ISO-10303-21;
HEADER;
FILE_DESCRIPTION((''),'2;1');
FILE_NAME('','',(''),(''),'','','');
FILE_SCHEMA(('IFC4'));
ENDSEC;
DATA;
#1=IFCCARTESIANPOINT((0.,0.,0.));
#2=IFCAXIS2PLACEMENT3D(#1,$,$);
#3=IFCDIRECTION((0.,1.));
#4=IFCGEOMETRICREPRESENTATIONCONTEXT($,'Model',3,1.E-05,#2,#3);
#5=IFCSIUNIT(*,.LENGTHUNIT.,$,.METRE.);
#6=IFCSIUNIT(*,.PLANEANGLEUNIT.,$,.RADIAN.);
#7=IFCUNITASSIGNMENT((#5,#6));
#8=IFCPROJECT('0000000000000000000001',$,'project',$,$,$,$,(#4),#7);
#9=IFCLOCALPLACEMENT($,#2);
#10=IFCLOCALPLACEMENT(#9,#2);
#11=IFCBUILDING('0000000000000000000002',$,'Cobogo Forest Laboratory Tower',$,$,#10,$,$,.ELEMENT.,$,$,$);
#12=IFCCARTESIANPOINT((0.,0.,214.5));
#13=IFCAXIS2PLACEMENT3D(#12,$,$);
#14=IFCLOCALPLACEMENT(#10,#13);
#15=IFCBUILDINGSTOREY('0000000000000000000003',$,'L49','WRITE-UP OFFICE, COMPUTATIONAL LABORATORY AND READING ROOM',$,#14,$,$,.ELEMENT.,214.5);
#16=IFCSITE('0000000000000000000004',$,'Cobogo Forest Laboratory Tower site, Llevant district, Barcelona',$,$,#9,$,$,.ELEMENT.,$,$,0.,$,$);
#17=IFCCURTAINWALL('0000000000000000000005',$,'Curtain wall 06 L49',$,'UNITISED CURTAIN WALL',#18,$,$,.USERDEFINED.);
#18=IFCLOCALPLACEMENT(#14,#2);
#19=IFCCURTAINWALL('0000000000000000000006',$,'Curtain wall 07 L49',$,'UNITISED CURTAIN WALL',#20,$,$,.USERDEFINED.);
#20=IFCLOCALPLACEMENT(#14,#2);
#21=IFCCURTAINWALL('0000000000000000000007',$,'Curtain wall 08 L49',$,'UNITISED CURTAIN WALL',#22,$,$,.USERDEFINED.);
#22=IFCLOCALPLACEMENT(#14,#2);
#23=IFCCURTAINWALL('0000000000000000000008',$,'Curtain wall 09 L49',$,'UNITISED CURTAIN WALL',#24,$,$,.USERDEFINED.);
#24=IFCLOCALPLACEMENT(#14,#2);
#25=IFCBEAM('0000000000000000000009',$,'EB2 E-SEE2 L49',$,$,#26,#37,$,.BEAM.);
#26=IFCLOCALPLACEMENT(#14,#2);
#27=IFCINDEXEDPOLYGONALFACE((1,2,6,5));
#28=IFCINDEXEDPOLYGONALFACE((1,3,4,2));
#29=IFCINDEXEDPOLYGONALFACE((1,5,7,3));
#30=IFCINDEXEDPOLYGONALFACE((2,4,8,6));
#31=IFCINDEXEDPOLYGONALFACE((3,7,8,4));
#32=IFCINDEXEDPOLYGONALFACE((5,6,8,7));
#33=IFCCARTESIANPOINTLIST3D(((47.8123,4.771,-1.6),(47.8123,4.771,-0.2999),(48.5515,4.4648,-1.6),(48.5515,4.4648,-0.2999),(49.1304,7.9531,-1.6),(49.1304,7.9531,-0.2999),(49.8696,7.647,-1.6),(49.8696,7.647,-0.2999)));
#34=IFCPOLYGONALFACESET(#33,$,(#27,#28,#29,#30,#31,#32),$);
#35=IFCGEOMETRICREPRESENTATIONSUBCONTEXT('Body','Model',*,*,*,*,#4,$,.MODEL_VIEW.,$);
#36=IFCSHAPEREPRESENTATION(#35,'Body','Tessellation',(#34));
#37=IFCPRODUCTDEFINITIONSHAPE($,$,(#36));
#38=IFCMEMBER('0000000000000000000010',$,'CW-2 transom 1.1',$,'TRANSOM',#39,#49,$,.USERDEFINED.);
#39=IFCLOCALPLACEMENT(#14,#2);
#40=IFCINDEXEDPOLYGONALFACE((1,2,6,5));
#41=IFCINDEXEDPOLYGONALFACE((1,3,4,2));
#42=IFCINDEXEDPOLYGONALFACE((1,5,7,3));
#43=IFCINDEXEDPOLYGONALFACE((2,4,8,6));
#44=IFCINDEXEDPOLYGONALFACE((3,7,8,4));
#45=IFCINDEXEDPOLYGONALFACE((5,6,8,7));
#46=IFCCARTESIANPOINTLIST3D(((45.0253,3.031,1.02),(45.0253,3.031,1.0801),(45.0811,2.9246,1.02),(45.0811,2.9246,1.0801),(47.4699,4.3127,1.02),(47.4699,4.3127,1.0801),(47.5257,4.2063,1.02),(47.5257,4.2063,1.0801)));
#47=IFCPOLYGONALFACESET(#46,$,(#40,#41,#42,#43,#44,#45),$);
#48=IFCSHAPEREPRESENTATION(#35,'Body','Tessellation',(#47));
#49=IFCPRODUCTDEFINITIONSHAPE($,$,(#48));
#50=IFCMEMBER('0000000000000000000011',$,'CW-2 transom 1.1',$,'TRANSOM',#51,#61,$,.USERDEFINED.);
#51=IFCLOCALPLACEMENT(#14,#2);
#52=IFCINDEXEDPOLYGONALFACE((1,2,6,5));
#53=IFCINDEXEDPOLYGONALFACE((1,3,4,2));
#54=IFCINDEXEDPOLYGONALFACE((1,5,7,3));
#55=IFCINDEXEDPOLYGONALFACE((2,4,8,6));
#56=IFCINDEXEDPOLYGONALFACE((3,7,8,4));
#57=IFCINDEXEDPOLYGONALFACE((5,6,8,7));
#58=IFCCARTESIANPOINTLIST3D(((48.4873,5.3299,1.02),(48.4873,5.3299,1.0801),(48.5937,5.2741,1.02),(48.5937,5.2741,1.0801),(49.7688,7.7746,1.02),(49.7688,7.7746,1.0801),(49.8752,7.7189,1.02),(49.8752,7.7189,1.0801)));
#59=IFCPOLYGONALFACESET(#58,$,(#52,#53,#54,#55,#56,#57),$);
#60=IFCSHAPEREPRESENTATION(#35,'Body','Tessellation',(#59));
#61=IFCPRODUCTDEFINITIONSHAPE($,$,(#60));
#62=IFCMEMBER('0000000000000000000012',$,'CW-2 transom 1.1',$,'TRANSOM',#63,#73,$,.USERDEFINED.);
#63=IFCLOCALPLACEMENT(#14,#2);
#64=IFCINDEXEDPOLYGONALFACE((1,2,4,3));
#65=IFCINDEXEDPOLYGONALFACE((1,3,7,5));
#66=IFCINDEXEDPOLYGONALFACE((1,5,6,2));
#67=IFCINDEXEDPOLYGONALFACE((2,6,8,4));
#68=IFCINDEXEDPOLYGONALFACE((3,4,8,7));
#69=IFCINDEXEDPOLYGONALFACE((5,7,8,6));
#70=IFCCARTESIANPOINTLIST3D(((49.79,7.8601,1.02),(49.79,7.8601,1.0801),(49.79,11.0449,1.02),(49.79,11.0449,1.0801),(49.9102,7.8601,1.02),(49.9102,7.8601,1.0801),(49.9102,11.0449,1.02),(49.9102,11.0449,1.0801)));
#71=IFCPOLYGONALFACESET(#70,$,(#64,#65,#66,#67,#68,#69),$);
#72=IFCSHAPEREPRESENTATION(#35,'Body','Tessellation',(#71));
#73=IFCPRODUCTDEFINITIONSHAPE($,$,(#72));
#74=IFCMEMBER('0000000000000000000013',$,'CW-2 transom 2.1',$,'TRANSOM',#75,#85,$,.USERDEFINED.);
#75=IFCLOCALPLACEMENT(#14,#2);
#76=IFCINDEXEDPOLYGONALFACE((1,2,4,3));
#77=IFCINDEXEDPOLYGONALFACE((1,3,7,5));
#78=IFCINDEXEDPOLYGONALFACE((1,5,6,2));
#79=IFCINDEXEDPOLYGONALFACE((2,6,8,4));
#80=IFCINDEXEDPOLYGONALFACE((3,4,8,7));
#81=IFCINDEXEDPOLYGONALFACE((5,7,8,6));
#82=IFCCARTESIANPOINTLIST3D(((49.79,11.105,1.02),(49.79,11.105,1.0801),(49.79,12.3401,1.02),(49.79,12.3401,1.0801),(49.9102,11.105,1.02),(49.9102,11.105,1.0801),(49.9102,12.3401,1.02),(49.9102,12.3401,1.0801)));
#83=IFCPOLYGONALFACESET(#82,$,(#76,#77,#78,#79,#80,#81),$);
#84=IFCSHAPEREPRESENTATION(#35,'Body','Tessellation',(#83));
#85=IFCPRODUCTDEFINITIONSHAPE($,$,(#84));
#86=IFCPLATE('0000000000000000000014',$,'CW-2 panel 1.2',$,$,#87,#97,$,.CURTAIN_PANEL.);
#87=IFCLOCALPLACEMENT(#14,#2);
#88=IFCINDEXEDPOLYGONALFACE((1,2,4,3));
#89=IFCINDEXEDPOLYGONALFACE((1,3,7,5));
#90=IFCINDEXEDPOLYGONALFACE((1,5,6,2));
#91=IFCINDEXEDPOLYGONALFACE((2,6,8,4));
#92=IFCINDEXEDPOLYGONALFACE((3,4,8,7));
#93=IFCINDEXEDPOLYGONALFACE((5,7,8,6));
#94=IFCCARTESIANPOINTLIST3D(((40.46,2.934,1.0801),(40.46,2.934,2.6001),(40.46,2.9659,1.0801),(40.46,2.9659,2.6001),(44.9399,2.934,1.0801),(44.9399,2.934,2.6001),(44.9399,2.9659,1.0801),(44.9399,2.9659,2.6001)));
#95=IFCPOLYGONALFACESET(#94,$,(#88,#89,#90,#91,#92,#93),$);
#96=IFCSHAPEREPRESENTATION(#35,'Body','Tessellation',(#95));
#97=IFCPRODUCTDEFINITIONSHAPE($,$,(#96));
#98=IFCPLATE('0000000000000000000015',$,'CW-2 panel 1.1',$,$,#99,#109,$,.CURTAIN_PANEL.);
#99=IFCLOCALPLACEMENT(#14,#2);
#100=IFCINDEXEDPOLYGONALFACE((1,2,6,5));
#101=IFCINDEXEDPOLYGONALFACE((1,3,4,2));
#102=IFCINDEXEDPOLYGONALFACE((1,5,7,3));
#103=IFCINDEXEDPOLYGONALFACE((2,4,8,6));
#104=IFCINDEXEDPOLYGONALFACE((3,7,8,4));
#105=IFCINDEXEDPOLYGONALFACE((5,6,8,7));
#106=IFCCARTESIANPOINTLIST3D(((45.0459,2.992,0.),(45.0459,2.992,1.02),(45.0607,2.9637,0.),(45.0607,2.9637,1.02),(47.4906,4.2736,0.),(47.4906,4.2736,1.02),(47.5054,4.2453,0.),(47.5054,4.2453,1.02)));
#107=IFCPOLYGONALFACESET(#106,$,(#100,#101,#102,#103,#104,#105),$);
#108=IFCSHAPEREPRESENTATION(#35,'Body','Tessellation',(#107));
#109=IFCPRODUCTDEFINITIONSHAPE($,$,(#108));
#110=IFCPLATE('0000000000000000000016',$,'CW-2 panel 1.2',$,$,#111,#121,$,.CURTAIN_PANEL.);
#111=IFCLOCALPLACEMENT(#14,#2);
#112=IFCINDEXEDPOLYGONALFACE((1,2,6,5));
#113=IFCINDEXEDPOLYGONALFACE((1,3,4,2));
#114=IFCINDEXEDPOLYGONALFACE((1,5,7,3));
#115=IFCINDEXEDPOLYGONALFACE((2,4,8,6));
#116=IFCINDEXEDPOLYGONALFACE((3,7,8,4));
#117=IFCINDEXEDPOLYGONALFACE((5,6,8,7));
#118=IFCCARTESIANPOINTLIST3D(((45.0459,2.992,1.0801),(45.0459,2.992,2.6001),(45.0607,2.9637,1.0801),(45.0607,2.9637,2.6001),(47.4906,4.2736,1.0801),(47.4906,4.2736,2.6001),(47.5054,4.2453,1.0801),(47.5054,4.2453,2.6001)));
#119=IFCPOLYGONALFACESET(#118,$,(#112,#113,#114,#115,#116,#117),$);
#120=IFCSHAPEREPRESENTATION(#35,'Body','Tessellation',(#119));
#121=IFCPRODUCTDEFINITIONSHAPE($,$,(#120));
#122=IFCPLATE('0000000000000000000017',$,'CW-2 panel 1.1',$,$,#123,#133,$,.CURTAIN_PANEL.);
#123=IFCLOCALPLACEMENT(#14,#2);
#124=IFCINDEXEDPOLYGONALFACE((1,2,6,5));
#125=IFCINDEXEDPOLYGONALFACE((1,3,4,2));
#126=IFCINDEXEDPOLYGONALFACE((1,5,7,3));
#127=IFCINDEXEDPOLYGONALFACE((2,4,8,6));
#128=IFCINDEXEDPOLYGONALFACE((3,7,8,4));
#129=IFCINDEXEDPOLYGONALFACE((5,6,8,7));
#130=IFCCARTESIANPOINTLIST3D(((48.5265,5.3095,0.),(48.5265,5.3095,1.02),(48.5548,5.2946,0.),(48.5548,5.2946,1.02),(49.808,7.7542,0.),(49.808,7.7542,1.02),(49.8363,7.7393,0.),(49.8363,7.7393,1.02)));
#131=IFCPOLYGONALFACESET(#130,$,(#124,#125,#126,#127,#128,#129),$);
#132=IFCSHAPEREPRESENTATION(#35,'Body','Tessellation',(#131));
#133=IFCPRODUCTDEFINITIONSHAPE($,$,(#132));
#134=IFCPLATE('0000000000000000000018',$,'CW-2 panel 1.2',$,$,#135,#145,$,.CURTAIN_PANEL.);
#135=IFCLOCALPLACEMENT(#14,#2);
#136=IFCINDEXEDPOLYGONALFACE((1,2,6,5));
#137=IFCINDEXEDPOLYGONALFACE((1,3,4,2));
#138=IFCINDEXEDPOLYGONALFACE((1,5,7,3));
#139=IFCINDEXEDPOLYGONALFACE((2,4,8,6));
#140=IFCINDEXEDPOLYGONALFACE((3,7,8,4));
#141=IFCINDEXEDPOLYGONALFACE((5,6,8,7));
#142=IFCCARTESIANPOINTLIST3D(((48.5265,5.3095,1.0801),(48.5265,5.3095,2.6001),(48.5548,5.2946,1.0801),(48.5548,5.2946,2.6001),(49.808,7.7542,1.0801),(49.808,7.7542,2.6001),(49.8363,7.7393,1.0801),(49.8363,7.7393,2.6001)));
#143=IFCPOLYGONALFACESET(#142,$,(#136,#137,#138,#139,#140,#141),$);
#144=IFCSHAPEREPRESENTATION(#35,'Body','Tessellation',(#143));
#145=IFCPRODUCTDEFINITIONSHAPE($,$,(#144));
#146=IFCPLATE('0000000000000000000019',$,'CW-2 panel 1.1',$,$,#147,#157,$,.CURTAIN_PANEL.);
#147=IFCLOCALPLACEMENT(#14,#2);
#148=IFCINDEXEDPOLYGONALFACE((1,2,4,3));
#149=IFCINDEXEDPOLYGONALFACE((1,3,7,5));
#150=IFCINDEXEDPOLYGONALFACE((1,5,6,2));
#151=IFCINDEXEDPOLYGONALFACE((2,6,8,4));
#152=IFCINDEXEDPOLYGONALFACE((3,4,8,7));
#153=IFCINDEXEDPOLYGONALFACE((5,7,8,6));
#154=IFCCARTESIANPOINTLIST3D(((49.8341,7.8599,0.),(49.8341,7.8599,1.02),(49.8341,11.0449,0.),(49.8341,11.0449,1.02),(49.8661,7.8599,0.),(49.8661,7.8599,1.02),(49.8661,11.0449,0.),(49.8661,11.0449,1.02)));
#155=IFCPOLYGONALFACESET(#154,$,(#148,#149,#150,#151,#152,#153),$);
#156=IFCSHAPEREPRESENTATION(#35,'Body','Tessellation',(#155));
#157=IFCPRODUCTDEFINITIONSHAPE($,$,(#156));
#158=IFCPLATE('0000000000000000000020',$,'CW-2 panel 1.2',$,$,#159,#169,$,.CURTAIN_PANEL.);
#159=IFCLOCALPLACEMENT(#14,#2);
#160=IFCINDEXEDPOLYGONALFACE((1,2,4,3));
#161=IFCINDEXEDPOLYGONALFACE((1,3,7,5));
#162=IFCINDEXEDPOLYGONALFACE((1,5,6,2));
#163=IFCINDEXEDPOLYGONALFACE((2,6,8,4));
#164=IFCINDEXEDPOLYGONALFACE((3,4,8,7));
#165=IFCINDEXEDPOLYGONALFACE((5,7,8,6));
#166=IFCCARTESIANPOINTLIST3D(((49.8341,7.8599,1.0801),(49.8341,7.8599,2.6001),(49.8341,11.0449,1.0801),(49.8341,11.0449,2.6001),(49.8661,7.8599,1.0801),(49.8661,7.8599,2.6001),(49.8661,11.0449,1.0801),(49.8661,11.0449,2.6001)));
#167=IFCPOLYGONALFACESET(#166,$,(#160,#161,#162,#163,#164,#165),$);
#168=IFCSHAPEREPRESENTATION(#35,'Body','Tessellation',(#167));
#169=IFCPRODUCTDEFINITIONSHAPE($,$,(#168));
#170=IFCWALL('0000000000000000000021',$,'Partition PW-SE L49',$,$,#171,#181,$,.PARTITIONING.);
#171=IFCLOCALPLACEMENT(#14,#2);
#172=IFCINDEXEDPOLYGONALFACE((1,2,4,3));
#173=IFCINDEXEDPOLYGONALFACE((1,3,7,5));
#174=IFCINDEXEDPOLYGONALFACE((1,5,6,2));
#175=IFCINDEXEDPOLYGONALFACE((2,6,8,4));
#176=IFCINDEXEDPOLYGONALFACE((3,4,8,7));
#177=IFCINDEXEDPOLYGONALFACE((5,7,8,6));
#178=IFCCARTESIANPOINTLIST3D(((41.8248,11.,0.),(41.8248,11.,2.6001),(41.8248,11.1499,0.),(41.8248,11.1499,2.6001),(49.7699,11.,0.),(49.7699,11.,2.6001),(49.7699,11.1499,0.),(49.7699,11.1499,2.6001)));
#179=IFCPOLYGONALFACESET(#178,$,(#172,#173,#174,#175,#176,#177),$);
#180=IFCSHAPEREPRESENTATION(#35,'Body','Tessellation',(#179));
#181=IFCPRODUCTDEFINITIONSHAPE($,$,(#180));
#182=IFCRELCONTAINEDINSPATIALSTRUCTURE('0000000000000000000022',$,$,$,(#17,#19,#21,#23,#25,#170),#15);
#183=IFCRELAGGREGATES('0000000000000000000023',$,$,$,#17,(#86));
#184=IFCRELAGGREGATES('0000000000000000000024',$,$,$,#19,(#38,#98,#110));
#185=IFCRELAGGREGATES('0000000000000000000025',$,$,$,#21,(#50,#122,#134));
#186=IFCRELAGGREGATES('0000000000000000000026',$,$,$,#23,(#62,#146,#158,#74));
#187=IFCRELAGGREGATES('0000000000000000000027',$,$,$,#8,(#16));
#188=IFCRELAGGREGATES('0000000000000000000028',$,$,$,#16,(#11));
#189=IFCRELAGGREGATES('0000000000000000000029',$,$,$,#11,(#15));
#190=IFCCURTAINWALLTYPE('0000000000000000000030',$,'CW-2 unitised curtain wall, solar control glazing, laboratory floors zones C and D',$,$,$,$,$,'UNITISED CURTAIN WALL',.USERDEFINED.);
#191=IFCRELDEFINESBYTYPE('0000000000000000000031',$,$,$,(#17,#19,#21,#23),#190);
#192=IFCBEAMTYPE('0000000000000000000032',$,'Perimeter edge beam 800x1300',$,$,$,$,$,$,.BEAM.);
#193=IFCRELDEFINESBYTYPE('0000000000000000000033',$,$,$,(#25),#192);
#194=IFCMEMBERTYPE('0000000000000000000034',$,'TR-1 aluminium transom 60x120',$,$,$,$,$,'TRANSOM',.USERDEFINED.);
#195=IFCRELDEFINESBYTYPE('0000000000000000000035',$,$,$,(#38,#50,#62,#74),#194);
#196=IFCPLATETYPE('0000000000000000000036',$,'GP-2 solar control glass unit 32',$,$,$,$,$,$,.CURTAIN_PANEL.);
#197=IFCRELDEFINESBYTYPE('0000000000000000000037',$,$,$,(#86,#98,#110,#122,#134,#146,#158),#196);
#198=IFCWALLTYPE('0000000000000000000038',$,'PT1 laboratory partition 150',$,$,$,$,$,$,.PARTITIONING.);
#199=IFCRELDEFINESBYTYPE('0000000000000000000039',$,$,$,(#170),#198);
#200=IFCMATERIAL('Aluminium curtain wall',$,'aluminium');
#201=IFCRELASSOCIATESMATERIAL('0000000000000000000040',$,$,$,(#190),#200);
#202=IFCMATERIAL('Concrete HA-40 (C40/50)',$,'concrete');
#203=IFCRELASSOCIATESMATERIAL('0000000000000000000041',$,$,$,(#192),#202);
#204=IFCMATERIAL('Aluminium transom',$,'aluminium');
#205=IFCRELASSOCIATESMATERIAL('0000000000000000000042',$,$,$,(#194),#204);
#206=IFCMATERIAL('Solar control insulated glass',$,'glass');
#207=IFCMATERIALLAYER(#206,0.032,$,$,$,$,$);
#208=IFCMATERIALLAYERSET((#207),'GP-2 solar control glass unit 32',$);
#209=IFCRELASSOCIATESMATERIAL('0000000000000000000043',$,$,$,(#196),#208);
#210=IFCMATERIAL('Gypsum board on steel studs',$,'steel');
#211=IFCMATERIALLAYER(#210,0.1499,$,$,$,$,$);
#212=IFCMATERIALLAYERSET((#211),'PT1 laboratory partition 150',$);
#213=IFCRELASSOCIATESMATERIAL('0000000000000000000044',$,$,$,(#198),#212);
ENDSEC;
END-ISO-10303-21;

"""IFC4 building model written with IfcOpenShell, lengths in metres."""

from ifc_helpers import new_model, si_unit, direction, frame, frame_2d, origin, origin_2d, place, context, subcontext, project, spatial, rectangle, extrude, material, layer, layer_set, material_profile, profile_set, type_object, element, aggregate, save


model = new_model("IFC4")

# Units and contexts
model_context = context("Model", 3, precision=1e-05, world=origin(), true_north=direction((0.0, 1.0)))
body_context = subcontext(model_context, "Body", "Model", "MODEL_VIEW")
ifc_project = project(units=[si_unit("LENGTHUNIT", "METRE"), si_unit("PLANEANGLEUNIT", "RADIAN")], contexts=[model_context])

# Site, building, storey
site_placement = place(None, origin())
site = spatial("IfcSite", under=ifc_project, at=site_placement, Name="Cobogo Forest Laboratory Tower site, Llevant district, Barcelona", CompositionType="ELEMENT", RefElevation=0.0)
building_placement = place(site_placement, origin())
building = spatial("IfcBuilding", under=site, at=building_placement, Name="Cobogo Forest Laboratory Tower", CompositionType="ELEMENT")
storey_placement = place(building_placement, frame((0.0, 0.0, 214.5)))
storey = spatial("IfcBuildingStorey", under=building, at=storey_placement, Name="L49", Description="WRITE-UP OFFICE, COMPUTATIONAL LABORATORY AND READING ROOM", CompositionType="ELEMENT", Elevation=214.5)

# Curtain wall
ifc_material_1 = material(Name="Aluminium curtain wall", Category="aluminium")
curtain_wall_type = type_object("IfcCurtainWallType", Name="CW-2 unitised curtain wall, solar control glazing, laboratory floors zones C and D", ElementType="UNITISED CURTAIN WALL", PredefinedType="USERDEFINED", material=ifc_material_1)
curtain_wall_1_placement = place(storey_placement, origin())
curtain_wall_1 = element("IfcCurtainWall", 1, at=curtain_wall_1_placement, inside=storey, type_object=curtain_wall_type, Name="Curtain wall 06 L49", ObjectType="UNITISED CURTAIN WALL", PredefinedType="USERDEFINED")

# Curtain walls
curtain_wall_2_placement = place(storey_placement, origin())
curtain_wall_2 = element("IfcCurtainWall", 2, at=curtain_wall_2_placement, inside=storey, type_object=curtain_wall_type, Name="Curtain wall 07 L49", ObjectType="UNITISED CURTAIN WALL", PredefinedType="USERDEFINED")
curtain_wall_3_placement = place(storey_placement, origin())
curtain_wall_3 = element("IfcCurtainWall", 3, at=curtain_wall_3_placement, inside=storey, type_object=curtain_wall_type, Name="Curtain wall 08 L49", ObjectType="UNITISED CURTAIN WALL", PredefinedType="USERDEFINED")
curtain_wall_4_placement = place(storey_placement, origin())
curtain_wall_4 = element("IfcCurtainWall", 4, at=curtain_wall_4_placement, inside=storey, type_object=curtain_wall_type, Name="Curtain wall 09 L49", ObjectType="UNITISED CURTAIN WALL", PredefinedType="USERDEFINED")

# Beam
ifc_material_2 = material(Name="Concrete HA-40 (C40/50)", Category="concrete")
ifc_material_profile_1 = material_profile(ifc_material_2, rectangle(XDim=0.8, YDim=1.3, at=origin_2d()), Name="RC 800x1300")
ifc_profile_set_1 = profile_set([ifc_material_profile_1], Name="Concrete HA-40 (C40/50)")
beam_type_1 = type_object("IfcBeamType", Name="Perimeter edge beam 800x1300", PredefinedType="BEAM", material=ifc_profile_set_1)
beam_1_placement = place(storey_placement, frame((49.5, 7.8, -0.95), z_axis=(-0.382692, -0.923876, 0.0), x_axis=(0.923876, -0.382692, 0.0)))
element("IfcBeam", 5, at=beam_1_placement, inside=storey, type_object=beam_type_1, Name="EB2 E-SEE2 L49", PredefinedType="BEAM", context=body_context, shape_type="SweptSolid", body=[
    extrude(rectangle(XDim=0.8, YDim=1.3, at=origin_2d()), origin(), (0.0, 0.0, 1.0), 3.4443),
])

# Members
ifc_material_3 = material(Name="Aluminium transom", Category="aluminium")
ifc_material_profile_2 = material_profile(ifc_material_3, rectangle(XDim=0.1201, YDim=0.0601, at=origin_2d()), Name="AL 60x120")
ifc_profile_set_2 = profile_set([ifc_material_profile_2], Name="Aluminium transom")
member_type_1 = type_object("IfcMemberType", Name="TR-1 aluminium transom 60x120", ElementType="TRANSOM", PredefinedType="USERDEFINED", material=ifc_profile_set_2)
member_1_placement = place(storey_placement, frame((45.0532, 2.9778, 1.05), z_axis=(0.885646, 0.464361, 0.0), x_axis=(-0.464361, 0.885646, 0.0)))
member_1 = element("IfcMember", 6, at=member_1_placement, type_object=member_type_1, Name="CW-2 transom 1.1", ObjectType="TRANSOM", PredefinedType="USERDEFINED", context=body_context, shape_type="SweptSolid", body=[
    extrude(rectangle(XDim=0.1201, YDim=0.0601, at=origin_2d()), origin(), (0.0, 0.0, 1.0), 2.7603),
])
member_2_placement = place(storey_placement, frame((48.5405, 5.302, 1.05), z_axis=(0.464255, 0.885702, 0.0), x_axis=(-0.885702, 0.464255, 0.0)))
member_2 = element("IfcMember", 7, at=member_2_placement, type_object=member_type_1, Name="CW-2 transom 1.1", ObjectType="TRANSOM", PredefinedType="USERDEFINED", context=body_context, shape_type="SweptSolid", body=[
    extrude(rectangle(XDim=0.1201, YDim=0.0601, at=origin_2d()), origin(), (0.0, 0.0, 1.0), 2.7603),
])
member_3_placement = place(storey_placement, frame((49.8501, 7.8601, 1.05), z_axis=(0.0, 1.0, 0.0), x_axis=(-1.0, 0.0, 0.0)))
member_3 = element("IfcMember", 8, at=member_3_placement, type_object=member_type_1, Name="CW-2 transom 1.1", ObjectType="TRANSOM", PredefinedType="USERDEFINED", context=body_context, shape_type="SweptSolid", body=[
    extrude(rectangle(XDim=0.1201, YDim=0.0601, at=origin_2d()), origin(), (0.0, 0.0, 1.0), 3.1848),
])
member_4_placement = place(storey_placement, frame((49.8501, 11.105, 1.05), z_axis=(0.0, 1.0, 0.0), x_axis=(-1.0, 0.0, 0.0)))
member_4 = element("IfcMember", 9, at=member_4_placement, type_object=member_type_1, Name="CW-2 transom 2.1", ObjectType="TRANSOM", PredefinedType="USERDEFINED", context=body_context, shape_type="SweptSolid", body=[
    extrude(rectangle(XDim=0.1201, YDim=0.0601, at=origin_2d()), origin(), (0.0, 0.0, 1.0), 1.2351),
])

# Plates
ifc_material_4 = material(Name="Solar control insulated glass", Category="glass")
ifc_layer_1 = layer(ifc_material_4, 0.032)
ifc_layer_set_1 = layer_set([ifc_layer_1], Name="GP-2 solar control glass unit 32")
plate_type = type_object("IfcPlateType", Name="GP-2 solar control glass unit 32", PredefinedType="CURTAIN_PANEL", material=ifc_layer_set_1)
plate_1_placement = place(storey_placement, frame((42.7, 2.95, 1.0801), z_axis=(0.0, 0.0, 1.0), x_axis=(1.0, 0.0, 0.0)))
plate_1 = element("IfcPlate", 10, at=plate_1_placement, type_object=plate_type, Name="CW-2 panel 1.2", PredefinedType="CURTAIN_PANEL", context=body_context, shape_type="SweptSolid", body=[
    extrude(rectangle(XDim=4.48, YDim=0.032, at=origin_2d()), origin(), (0.0, 0.0, 1.0), 1.52),
])
aggregate(curtain_wall_1, [plate_1])
plate_2_placement = place(storey_placement, frame((46.2756, 3.6187, 0.0), z_axis=(0.0, 0.0, 1.0), x_axis=(0.885686, 0.464284, 0.0)))
plate_2 = element("IfcPlate", 11, at=plate_2_placement, type_object=plate_type, Name="CW-2 panel 1.1", PredefinedType="CURTAIN_PANEL", context=body_context, shape_type="SweptSolid", body=[
    extrude(rectangle(XDim=2.7603, YDim=0.032, at=origin_2d()), origin(), (0.0, 0.0, 1.0), 1.02),
])
plate_3_placement = place(storey_placement, frame((46.2756, 3.6187, 1.0801), z_axis=(0.0, 0.0, 1.0), x_axis=(0.885686, 0.464284, 0.0)))
plate_3 = element("IfcPlate", 12, at=plate_3_placement, type_object=plate_type, Name="CW-2 panel 1.2", PredefinedType="CURTAIN_PANEL", context=body_context, shape_type="SweptSolid", body=[
    extrude(rectangle(XDim=2.7603, YDim=0.032, at=origin_2d()), origin(), (0.0, 0.0, 1.0), 1.52),
])
aggregate(curtain_wall_2, [member_1, plate_2, plate_3])
plate_4_placement = place(storey_placement, frame((49.1814, 6.5244, 0.0), z_axis=(0.0, 0.0, 1.0), x_axis=(0.464284, 0.885686, 0.0)))
plate_4 = element("IfcPlate", 13, at=plate_4_placement, type_object=plate_type, Name="CW-2 panel 1.1", PredefinedType="CURTAIN_PANEL", context=body_context, shape_type="SweptSolid", body=[
    extrude(rectangle(XDim=2.7603, YDim=0.032, at=origin_2d()), origin(), (0.0, 0.0, 1.0), 1.02),
])
plate_5_placement = place(storey_placement, frame((49.1814, 6.5244, 1.0801), z_axis=(0.0, 0.0, 1.0), x_axis=(0.464284, 0.885686, 0.0)))
plate_5 = element("IfcPlate", 14, at=plate_5_placement, type_object=plate_type, Name="CW-2 panel 1.2", PredefinedType="CURTAIN_PANEL", context=body_context, shape_type="SweptSolid", body=[
    extrude(rectangle(XDim=2.7603, YDim=0.032, at=origin_2d()), origin(), (0.0, 0.0, 1.0), 1.52),
])
aggregate(curtain_wall_3, [member_2, plate_4, plate_5])
plate_6_placement = place(storey_placement, frame((49.8501, 9.4524, 0.0), z_axis=(0.0, 0.0, 1.0), x_axis=(0.0, 1.0, 0.0)))
plate_6 = element("IfcPlate", 15, at=plate_6_placement, type_object=plate_type, Name="CW-2 panel 1.1", PredefinedType="CURTAIN_PANEL", context=body_context, shape_type="SweptSolid", body=[
    extrude(rectangle(XDim=3.1851, YDim=0.032, at=origin_2d()), origin(), (0.0, 0.0, 1.0), 1.02),
])
plate_7_placement = place(storey_placement, frame((49.8501, 9.4524, 1.0801), z_axis=(0.0, 0.0, 1.0), x_axis=(0.0, 1.0, 0.0)))
plate_7 = element("IfcPlate", 16, at=plate_7_placement, type_object=plate_type, Name="CW-2 panel 1.2", PredefinedType="CURTAIN_PANEL", context=body_context, shape_type="SweptSolid", body=[
    extrude(rectangle(XDim=3.1851, YDim=0.032, at=origin_2d()), origin(), (0.0, 0.0, 1.0), 1.52),
])
aggregate(curtain_wall_4, [member_3, plate_6, plate_7, member_4])

# Wall
ifc_material_5 = material(Name="Gypsum board on steel studs", Category="steel")
ifc_layer_2 = layer(ifc_material_5, 0.1499)
ifc_layer_set_2 = layer_set([ifc_layer_2], Name="PT1 laboratory partition 150")
wall_type = type_object("IfcWallType", Name="PT1 laboratory partition 150", PredefinedType="PARTITIONING", material=ifc_layer_set_2)
wall_placement = place(storey_placement, frame((49.77, 11.075, 0.0), z_axis=(0.0, 0.0, 1.0), x_axis=(-1.0, 0.0, 0.0)))
element("IfcWall", 17, at=wall_placement, inside=storey, type_object=wall_type, Name="Partition PW-SE L49", PredefinedType="PARTITIONING", context=body_context, shape_type="SweptSolid", body=[
    extrude(rectangle(XDim=7.9451, YDim=0.1499, at=frame_2d((3.9727, 0.0))), origin(), (0.0, 0.0, 1.0), 2.6001),
])

save(model, "model.ifc")
